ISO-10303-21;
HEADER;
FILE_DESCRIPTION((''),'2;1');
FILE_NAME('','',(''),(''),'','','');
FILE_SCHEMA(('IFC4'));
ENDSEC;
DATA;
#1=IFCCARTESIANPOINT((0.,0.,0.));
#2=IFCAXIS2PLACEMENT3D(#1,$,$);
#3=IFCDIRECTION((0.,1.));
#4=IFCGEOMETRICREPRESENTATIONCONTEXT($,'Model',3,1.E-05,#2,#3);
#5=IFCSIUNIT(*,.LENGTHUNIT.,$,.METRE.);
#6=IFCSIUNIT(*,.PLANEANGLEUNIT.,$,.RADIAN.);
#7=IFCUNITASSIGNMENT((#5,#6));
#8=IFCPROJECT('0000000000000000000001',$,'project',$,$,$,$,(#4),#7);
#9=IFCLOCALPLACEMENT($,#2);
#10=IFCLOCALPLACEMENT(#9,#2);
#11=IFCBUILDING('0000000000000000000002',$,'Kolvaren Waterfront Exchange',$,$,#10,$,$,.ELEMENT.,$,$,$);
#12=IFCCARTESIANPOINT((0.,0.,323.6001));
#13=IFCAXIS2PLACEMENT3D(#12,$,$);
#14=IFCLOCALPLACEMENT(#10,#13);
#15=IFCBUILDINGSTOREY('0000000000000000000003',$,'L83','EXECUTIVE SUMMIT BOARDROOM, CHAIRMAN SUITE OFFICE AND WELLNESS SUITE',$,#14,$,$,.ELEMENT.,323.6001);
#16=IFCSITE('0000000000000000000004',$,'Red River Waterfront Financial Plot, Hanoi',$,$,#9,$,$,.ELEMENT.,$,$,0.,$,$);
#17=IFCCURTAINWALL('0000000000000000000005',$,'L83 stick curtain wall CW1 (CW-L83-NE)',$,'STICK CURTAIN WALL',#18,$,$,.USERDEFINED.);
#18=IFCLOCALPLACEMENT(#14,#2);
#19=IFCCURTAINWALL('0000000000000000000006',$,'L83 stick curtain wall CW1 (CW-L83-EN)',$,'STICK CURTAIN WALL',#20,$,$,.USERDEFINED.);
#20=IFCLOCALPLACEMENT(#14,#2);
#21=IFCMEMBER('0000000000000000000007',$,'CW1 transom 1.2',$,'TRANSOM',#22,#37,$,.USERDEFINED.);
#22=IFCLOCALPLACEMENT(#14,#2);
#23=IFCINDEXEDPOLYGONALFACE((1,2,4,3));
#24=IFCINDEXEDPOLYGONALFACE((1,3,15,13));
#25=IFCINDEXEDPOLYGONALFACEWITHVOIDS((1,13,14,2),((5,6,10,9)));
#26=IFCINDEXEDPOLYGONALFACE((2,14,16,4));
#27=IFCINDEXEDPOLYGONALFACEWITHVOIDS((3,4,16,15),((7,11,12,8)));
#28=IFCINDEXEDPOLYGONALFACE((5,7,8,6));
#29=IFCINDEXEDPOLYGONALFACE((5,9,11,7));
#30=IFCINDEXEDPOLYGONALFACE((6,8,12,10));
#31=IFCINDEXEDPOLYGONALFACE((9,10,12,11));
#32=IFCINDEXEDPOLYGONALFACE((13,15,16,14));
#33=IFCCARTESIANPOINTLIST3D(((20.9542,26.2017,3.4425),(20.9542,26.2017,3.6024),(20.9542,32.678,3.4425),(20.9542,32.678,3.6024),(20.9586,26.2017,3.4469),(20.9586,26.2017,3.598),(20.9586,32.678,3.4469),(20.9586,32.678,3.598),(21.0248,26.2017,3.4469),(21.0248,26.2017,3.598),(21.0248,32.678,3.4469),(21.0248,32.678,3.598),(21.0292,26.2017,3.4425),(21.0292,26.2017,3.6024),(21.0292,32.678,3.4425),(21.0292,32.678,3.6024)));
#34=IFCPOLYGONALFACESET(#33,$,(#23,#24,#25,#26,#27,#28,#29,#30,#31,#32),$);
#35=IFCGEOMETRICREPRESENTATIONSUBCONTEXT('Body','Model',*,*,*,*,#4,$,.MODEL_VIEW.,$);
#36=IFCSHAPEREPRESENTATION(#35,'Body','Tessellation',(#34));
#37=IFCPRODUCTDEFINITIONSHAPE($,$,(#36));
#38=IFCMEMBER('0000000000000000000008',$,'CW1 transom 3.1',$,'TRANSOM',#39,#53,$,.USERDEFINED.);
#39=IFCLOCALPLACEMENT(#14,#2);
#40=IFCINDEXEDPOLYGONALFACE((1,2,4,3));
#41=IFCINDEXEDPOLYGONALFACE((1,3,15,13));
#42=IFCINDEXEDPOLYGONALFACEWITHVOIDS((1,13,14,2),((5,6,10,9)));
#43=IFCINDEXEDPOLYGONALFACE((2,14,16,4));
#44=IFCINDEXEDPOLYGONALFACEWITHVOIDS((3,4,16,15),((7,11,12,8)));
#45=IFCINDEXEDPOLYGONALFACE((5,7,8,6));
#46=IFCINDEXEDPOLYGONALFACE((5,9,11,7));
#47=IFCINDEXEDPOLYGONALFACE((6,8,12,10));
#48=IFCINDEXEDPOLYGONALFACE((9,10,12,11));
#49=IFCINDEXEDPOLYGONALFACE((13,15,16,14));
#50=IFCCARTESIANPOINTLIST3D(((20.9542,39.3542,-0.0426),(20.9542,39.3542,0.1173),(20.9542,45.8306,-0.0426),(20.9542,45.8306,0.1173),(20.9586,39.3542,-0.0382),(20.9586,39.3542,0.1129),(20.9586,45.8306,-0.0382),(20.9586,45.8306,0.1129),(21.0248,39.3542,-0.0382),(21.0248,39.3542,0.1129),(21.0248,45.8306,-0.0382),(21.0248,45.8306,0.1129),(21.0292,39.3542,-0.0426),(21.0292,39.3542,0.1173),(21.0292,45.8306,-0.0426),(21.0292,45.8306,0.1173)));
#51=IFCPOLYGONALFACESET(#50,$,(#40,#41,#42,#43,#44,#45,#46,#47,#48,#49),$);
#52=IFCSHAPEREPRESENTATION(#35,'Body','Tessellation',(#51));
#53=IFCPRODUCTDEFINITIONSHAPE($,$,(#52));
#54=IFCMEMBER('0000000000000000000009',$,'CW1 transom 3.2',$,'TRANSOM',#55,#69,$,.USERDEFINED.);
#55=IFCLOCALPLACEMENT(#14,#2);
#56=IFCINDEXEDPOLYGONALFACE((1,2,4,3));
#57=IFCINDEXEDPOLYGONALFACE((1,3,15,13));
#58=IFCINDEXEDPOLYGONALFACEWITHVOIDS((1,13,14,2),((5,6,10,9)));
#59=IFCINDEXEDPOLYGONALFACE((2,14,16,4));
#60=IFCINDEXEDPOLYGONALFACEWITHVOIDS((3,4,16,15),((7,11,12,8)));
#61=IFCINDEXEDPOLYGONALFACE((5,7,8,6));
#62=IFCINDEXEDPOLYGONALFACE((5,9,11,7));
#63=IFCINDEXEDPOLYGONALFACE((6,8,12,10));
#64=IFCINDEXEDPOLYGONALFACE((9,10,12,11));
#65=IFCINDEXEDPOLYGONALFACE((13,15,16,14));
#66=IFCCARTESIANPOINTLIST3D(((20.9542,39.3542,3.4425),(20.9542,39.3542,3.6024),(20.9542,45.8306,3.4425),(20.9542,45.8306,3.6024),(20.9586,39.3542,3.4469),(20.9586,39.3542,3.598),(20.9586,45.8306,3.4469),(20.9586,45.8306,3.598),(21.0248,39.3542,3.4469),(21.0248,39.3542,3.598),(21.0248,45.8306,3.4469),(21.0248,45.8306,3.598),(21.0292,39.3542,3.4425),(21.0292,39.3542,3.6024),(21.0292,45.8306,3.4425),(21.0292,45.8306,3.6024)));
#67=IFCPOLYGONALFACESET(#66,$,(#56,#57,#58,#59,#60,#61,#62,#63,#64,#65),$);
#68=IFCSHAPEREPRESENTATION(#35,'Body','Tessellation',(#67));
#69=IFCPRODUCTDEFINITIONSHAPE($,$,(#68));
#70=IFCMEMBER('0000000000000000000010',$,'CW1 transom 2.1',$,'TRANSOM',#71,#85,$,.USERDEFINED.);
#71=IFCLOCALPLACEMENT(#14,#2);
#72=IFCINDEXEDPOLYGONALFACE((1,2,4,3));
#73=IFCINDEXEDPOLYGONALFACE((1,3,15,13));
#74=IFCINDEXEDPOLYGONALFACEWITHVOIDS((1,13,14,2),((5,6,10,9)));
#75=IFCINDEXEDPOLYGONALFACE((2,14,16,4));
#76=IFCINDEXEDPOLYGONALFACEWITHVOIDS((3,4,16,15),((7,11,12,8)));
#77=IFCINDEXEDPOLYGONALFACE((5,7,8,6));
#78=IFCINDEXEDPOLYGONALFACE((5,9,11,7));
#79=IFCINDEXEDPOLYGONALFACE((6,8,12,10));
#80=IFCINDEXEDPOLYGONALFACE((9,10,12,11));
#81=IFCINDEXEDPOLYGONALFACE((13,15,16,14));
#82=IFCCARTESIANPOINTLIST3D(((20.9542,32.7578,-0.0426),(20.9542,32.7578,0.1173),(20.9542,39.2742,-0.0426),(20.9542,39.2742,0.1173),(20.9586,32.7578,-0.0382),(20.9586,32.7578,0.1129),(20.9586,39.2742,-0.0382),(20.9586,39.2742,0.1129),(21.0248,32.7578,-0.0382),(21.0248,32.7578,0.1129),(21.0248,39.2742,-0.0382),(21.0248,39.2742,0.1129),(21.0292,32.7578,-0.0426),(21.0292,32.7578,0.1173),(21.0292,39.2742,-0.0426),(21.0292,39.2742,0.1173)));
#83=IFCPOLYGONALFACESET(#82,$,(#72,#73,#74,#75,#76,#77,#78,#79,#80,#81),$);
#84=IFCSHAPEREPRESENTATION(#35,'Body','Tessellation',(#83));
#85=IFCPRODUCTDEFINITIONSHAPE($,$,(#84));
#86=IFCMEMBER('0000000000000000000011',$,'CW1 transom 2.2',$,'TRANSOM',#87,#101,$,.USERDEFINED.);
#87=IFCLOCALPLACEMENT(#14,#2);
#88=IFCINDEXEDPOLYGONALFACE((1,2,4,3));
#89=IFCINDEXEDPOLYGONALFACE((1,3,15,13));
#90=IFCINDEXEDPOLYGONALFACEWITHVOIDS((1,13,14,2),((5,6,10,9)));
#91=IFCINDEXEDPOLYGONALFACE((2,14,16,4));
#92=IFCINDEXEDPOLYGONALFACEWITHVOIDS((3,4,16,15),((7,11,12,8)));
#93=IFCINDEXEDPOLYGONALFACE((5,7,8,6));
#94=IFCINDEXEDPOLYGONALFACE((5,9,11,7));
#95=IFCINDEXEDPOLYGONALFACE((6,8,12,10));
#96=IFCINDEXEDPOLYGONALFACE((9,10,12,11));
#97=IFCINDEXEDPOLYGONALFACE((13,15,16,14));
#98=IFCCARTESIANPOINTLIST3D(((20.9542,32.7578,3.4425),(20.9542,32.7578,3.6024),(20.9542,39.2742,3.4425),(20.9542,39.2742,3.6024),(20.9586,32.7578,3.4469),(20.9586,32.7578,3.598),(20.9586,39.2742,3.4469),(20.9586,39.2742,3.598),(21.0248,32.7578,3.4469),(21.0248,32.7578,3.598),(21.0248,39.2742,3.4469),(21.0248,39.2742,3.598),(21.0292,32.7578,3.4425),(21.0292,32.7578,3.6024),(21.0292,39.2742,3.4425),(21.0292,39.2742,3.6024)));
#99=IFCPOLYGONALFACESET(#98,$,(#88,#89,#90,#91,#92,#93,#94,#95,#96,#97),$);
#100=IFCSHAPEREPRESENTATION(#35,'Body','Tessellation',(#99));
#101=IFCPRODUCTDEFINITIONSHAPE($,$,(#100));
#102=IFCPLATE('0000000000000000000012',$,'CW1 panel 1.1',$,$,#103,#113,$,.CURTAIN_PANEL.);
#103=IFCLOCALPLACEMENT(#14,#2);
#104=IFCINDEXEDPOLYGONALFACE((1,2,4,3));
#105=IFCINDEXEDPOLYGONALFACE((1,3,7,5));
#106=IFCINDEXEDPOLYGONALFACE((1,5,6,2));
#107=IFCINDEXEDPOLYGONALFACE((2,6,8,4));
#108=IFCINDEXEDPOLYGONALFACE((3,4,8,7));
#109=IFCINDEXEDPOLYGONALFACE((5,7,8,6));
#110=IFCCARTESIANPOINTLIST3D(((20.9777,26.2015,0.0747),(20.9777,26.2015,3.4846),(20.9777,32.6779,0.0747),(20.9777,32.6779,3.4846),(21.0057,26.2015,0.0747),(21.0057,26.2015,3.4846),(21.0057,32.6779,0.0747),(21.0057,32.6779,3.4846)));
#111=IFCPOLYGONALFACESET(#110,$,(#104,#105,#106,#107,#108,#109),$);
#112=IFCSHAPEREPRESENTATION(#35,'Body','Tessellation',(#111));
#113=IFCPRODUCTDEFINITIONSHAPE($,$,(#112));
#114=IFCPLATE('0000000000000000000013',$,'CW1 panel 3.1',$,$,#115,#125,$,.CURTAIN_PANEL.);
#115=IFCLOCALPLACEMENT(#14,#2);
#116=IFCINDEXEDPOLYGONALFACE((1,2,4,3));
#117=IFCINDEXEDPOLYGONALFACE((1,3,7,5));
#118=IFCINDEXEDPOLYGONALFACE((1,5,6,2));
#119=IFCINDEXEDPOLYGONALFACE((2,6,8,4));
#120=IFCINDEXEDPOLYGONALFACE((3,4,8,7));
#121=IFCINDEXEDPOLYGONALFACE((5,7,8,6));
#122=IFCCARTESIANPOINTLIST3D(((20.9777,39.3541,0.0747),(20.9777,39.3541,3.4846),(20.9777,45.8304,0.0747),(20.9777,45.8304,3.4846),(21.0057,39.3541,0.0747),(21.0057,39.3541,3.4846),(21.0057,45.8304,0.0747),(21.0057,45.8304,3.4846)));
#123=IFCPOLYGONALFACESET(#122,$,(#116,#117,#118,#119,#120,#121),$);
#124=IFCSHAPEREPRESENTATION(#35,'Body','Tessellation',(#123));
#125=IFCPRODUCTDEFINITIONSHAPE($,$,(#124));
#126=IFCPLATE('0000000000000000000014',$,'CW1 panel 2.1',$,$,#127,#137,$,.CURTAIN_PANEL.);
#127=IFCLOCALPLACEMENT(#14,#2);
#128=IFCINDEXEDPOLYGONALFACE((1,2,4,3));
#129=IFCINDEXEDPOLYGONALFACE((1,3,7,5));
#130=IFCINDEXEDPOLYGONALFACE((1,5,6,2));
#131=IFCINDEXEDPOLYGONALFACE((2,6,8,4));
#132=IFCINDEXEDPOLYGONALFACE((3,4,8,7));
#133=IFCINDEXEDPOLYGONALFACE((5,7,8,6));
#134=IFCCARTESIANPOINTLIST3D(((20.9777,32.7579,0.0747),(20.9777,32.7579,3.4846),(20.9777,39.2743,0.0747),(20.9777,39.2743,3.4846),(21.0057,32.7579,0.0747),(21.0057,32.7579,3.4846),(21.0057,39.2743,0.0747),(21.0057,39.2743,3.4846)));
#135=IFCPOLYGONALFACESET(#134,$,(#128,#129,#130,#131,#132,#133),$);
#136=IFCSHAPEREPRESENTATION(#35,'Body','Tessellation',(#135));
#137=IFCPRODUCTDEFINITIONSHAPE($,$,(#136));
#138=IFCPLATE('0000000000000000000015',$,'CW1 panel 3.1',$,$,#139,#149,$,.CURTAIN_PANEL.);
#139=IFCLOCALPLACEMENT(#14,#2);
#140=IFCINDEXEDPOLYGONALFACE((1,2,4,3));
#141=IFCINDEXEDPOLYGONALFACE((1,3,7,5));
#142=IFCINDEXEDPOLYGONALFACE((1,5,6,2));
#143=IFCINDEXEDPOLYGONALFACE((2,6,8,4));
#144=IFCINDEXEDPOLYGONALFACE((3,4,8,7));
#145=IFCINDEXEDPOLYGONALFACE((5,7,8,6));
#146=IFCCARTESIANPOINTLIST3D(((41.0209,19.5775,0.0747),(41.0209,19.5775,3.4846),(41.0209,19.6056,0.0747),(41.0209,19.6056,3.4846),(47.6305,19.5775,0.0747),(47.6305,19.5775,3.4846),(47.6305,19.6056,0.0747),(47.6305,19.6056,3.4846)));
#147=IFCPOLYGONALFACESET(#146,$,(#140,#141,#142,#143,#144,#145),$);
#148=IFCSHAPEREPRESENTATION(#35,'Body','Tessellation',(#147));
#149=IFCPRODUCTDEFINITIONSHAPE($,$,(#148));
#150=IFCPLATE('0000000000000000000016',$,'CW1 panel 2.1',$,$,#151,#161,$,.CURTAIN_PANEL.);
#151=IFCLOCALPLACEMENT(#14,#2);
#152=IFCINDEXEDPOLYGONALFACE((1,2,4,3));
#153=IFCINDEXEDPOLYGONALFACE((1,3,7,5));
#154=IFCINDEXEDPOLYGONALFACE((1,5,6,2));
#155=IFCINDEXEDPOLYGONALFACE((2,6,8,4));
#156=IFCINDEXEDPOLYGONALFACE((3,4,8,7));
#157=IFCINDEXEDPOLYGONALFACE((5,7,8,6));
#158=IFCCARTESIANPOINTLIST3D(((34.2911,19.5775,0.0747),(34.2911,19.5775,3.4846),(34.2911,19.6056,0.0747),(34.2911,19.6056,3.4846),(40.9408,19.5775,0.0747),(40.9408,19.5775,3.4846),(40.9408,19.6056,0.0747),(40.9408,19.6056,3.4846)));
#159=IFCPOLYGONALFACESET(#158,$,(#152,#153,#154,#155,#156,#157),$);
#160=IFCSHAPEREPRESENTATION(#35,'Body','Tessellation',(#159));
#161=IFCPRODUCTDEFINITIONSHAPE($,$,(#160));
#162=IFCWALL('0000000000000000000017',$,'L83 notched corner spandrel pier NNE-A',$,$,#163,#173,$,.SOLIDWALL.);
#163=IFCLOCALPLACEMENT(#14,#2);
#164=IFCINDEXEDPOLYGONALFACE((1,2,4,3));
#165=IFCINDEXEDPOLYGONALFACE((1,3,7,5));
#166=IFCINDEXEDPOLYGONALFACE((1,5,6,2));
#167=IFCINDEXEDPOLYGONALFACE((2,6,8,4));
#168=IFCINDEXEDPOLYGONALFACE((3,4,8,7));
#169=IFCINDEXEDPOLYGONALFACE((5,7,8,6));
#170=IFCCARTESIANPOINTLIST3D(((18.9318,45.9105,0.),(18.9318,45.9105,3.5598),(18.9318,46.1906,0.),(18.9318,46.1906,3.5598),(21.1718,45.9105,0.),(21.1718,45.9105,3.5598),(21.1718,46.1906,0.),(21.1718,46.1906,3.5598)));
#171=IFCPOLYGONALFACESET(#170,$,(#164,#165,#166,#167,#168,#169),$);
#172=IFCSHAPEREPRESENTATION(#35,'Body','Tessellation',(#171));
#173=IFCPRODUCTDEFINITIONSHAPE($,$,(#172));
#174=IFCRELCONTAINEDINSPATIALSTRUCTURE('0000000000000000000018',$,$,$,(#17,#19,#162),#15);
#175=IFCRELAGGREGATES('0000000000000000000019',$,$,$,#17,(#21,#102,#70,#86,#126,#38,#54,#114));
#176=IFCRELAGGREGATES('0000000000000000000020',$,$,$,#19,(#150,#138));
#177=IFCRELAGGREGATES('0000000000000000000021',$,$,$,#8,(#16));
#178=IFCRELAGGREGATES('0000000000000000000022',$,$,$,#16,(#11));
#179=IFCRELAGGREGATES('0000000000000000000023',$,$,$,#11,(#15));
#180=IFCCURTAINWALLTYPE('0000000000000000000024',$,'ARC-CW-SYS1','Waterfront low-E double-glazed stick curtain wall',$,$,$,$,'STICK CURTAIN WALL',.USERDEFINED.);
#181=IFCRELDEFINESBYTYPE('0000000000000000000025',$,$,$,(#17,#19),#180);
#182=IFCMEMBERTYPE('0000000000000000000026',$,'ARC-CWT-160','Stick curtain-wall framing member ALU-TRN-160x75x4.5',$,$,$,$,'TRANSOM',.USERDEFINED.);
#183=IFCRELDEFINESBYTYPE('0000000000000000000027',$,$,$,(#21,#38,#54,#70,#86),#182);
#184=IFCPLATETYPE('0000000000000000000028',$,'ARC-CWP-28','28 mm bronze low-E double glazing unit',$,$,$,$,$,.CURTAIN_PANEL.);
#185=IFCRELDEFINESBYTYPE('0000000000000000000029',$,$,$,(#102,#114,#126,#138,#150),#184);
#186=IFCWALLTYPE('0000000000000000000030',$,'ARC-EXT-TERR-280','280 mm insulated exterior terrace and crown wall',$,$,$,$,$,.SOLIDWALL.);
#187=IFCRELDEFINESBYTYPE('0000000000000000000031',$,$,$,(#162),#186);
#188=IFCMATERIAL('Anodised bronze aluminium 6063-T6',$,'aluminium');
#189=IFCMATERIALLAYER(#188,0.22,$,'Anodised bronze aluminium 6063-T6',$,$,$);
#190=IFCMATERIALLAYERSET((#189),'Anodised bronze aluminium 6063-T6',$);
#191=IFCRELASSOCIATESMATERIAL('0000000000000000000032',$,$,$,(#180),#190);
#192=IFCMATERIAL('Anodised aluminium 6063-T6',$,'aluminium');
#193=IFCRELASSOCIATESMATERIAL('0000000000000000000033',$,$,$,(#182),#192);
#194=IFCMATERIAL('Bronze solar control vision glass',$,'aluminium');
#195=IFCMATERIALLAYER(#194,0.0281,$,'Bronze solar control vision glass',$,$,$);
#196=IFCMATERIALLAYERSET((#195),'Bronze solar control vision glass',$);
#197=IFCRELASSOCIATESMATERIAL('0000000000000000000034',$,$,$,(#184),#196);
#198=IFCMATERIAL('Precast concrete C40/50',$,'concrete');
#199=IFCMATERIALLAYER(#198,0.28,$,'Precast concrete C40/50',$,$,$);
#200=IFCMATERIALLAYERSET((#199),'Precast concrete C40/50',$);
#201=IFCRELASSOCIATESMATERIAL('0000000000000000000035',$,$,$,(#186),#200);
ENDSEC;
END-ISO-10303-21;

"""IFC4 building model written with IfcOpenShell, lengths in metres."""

from ifc_helpers import new_model, si_unit, direction, frame, frame_2d, origin, origin_with_axes, origin_2d, place, context, subcontext, project, spatial, rectangle, hollow_rectangle, extrude, source, transform, mapped, material, layer, layer_set, material_profile, profile_set, type_object, element, aggregate, save


model = new_model("IFC4")

# Units and contexts
model_context = context("Model", 3, precision=1e-05, world=origin(), true_north=direction((0.0, 1.0)))
body_context = subcontext(model_context, "Body", "Model", "MODEL_VIEW")
ifc_project = project(units=[si_unit("LENGTHUNIT", "METRE"), si_unit("PLANEANGLEUNIT", "RADIAN")], contexts=[model_context])

# Site, building, storey
site_placement = place(None, origin())
site = spatial("IfcSite", under=ifc_project, at=site_placement, Name="Red River Waterfront Financial Plot, Hanoi", CompositionType="ELEMENT", RefElevation=0.0)
building_placement = place(site_placement, origin())
building = spatial("IfcBuilding", under=site, at=building_placement, Name="Kolvaren Waterfront Exchange", CompositionType="ELEMENT")
storey_placement = place(building_placement, frame((0.0, 0.0, 323.6001)))
storey = spatial("IfcBuildingStorey", under=building, at=storey_placement, Name="L83", Description="EXECUTIVE SUMMIT BOARDROOM, CHAIRMAN SUITE OFFICE AND WELLNESS SUITE", CompositionType="ELEMENT", Elevation=323.6001)

# Curtain walls
ifc_material_1 = material(Name="Anodised bronze aluminium 6063-T6", Category="aluminium")
ifc_layer_1 = layer(ifc_material_1, 0.22, Name="Anodised bronze aluminium 6063-T6")
ifc_layer_set_1 = layer_set([ifc_layer_1], Name="Anodised bronze aluminium 6063-T6")
curtain_wall_type = type_object("IfcCurtainWallType", Name="ARC-CW-SYS1", Description="Waterfront low-E double-glazed stick curtain wall", ElementType="STICK CURTAIN WALL", PredefinedType="USERDEFINED", material=ifc_layer_set_1)
curtain_wall_1_placement = place(storey_placement, origin())
curtain_wall_1 = element("IfcCurtainWall", 1, at=curtain_wall_1_placement, inside=storey, type_object=curtain_wall_type, Name="L83 stick curtain wall CW1 (CW-L83-NE)", ObjectType="STICK CURTAIN WALL", PredefinedType="USERDEFINED")
ifc_material_2 = material(Name="Anodised aluminium 6063-T6", Category="aluminium")
curtain_wall_2_placement = place(storey_placement, origin())
curtain_wall_2 = element("IfcCurtainWall", 2, at=curtain_wall_2_placement, inside=storey, type_object=curtain_wall_type, Name="L83 stick curtain wall CW1 (CW-L83-EN)", ObjectType="STICK CURTAIN WALL", PredefinedType="USERDEFINED")
ifc_material_profile_1 = material_profile(ifc_material_2, hollow_rectangle(XDim=0.075, YDim=0.1599, WallThickness=0.0044, at=origin_2d()), Name="ALU-TRN-160x75x4.5")
ifc_profile_set_1 = profile_set([ifc_material_profile_1], Name="Anodised aluminium 6063-T6")
member_type_1 = type_object("IfcMemberType", Name="ARC-CWT-160", Description="Stick curtain-wall framing member ALU-TRN-160x75x4.5", ElementType="TRANSOM", PredefinedType="USERDEFINED", material=ifc_profile_set_1)

# Members
shared_shape_1 = source(origin_with_axes(), body_context, "Body", "SweptSolid", [
    extrude(hollow_rectangle(XDim=0.075, YDim=0.1599, WallThickness=0.0044, at=origin_2d()), origin(), (0.0, 0.0, 1.0), 6.4763),
])
member_1_placement = place(storey_placement, frame((20.9917, 26.2017, 3.5225), z_axis=(0.0, 1.0, 0.0), x_axis=(-1.0, 0.0, 0.0)))
member_1 = element("IfcMember", 3, at=member_1_placement, type_object=member_type_1, Name="CW1 transom 1.2", ObjectType="TRANSOM", PredefinedType="USERDEFINED", context=body_context, shape_type="MappedRepresentation", body=[
    mapped(shared_shape_1, transform((0.0, 0.0, 0.0), x_axis=(1.0, 0.0, 0.0), y_axis=(0.0, 1.0, 0.0), z_axis=(0.0, 0.0, 1.0), scale=1.0)),
])
member_2_placement = place(storey_placement, frame((20.9917, 39.3542, 0.0374), z_axis=(0.0, 1.0, 0.0), x_axis=(-1.0, 0.0, 0.0)))
member_2 = element("IfcMember", 4, at=member_2_placement, type_object=member_type_1, Name="CW1 transom 3.1", ObjectType="TRANSOM", PredefinedType="USERDEFINED", context=body_context, shape_type="MappedRepresentation", body=[
    mapped(shared_shape_1, transform((0.0, 0.0, 0.0), x_axis=(1.0, 0.0, 0.0), y_axis=(0.0, 1.0, 0.0), z_axis=(0.0, 0.0, 1.0), scale=1.0)),
])
member_3_placement = place(storey_placement, frame((20.9917, 39.3542, 3.5225), z_axis=(0.0, 1.0, 0.0), x_axis=(-1.0, 0.0, 0.0)))
member_3 = element("IfcMember", 5, at=member_3_placement, type_object=member_type_1, Name="CW1 transom 3.2", ObjectType="TRANSOM", PredefinedType="USERDEFINED", context=body_context, shape_type="MappedRepresentation", body=[
    mapped(shared_shape_1, transform((0.0, 0.0, 0.0), x_axis=(1.0, 0.0, 0.0), y_axis=(0.0, 1.0, 0.0), z_axis=(0.0, 0.0, 1.0), scale=1.0)),
])
shared_shape_2 = source(origin_with_axes(), body_context, "Body", "SweptSolid", [
    extrude(hollow_rectangle(XDim=0.075, YDim=0.1599, WallThickness=0.0044, at=origin_2d()), origin(), (0.0, 0.0, 1.0), 6.5164),
])
member_4_placement = place(storey_placement, frame((20.9917, 32.7578, 0.0374), z_axis=(0.0, 1.0, 0.0), x_axis=(-1.0, 0.0, 0.0)))
member_4 = element("IfcMember", 6, at=member_4_placement, type_object=member_type_1, Name="CW1 transom 2.1", ObjectType="TRANSOM", PredefinedType="USERDEFINED", context=body_context, shape_type="MappedRepresentation", body=[
    mapped(shared_shape_2, transform((0.0, 0.0, 0.0), x_axis=(1.0, 0.0, 0.0), y_axis=(0.0, 1.0, 0.0), z_axis=(0.0, 0.0, 1.0), scale=1.0)),
])
member_5_placement = place(storey_placement, frame((20.9917, 32.7578, 3.5225), z_axis=(0.0, 1.0, 0.0), x_axis=(-1.0, 0.0, 0.0)))
member_5 = element("IfcMember", 7, at=member_5_placement, type_object=member_type_1, Name="CW1 transom 2.2", ObjectType="TRANSOM", PredefinedType="USERDEFINED", context=body_context, shape_type="MappedRepresentation", body=[
    mapped(shared_shape_2, transform((0.0, 0.0, 0.0), x_axis=(1.0, 0.0, 0.0), y_axis=(0.0, 1.0, 0.0), z_axis=(0.0, 0.0, 1.0), scale=1.0)),
])

# Plates
ifc_material_3 = material(Name="Bronze solar control vision glass", Category="aluminium")
ifc_layer_2 = layer(ifc_material_3, 0.0281, Name="Bronze solar control vision glass")
ifc_layer_set_2 = layer_set([ifc_layer_2], Name="Bronze solar control vision glass")
plate_type = type_object("IfcPlateType", Name="ARC-CWP-28", Description="28 mm bronze low-E double glazing unit", PredefinedType="CURTAIN_PANEL", material=ifc_layer_set_2)
shared_shape_3 = source(origin_with_axes(), body_context, "Body", "SweptSolid", [
    extrude(rectangle(XDim=6.4763, YDim=0.0281, at=origin_2d()), origin(), (0.0, 0.0, 1.0), 3.4099),
])
plate_1_placement = place(storey_placement, frame((20.9917, 29.4397, 0.0747), z_axis=(0.0, 0.0, 1.0), x_axis=(0.0, 1.0, 0.0)))
plate_1 = element("IfcPlate", 8, at=plate_1_placement, type_object=plate_type, Name="CW1 panel 1.1", PredefinedType="CURTAIN_PANEL", context=body_context, shape_type="MappedRepresentation", body=[
    mapped(shared_shape_3, transform((0.0, 0.0, 0.0), x_axis=(1.0, 0.0, 0.0), y_axis=(0.0, 1.0, 0.0), z_axis=(0.0, 0.0, 1.0), scale=1.0)),
])
plate_2_placement = place(storey_placement, frame((20.9917, 42.5923, 0.0747), z_axis=(0.0, 0.0, 1.0), x_axis=(0.0, 1.0, 0.0)))
plate_2 = element("IfcPlate", 9, at=plate_2_placement, type_object=plate_type, Name="CW1 panel 3.1", PredefinedType="CURTAIN_PANEL", context=body_context, shape_type="MappedRepresentation", body=[
    mapped(shared_shape_3, transform((0.0, 0.0, 0.0), x_axis=(1.0, 0.0, 0.0), y_axis=(0.0, 1.0, 0.0), z_axis=(0.0, 0.0, 1.0), scale=1.0)),
])
shared_shape_4 = source(origin_with_axes(), body_context, "Body", "SweptSolid", [
    extrude(rectangle(XDim=6.5164, YDim=0.0281, at=origin_2d()), origin(), (0.0, 0.0, 1.0), 3.4099),
])
plate_3_placement = place(storey_placement, frame((20.9917, 36.0161, 0.0747), z_axis=(0.0, 0.0, 1.0), x_axis=(0.0, 1.0, 0.0)))
plate_3 = element("IfcPlate", 10, at=plate_3_placement, type_object=plate_type, Name="CW1 panel 2.1", PredefinedType="CURTAIN_PANEL", context=body_context, shape_type="MappedRepresentation", body=[
    mapped(shared_shape_4, transform((0.0, 0.0, 0.0), x_axis=(1.0, 0.0, 0.0), y_axis=(0.0, 1.0, 0.0), z_axis=(0.0, 0.0, 1.0), scale=1.0)),
])
aggregate(curtain_wall_1, [member_1, plate_1, member_4, member_5, plate_3, member_2, member_3, plate_2])
shared_shape_5 = source(origin_with_axes(), body_context, "Body", "SweptSolid", [
    extrude(rectangle(XDim=6.6096, YDim=0.0281, at=origin_2d()), origin(), (0.0, 0.0, 1.0), 3.4099),
])
plate_4_placement = place(storey_placement, frame((44.3257, 19.5916, 0.0747), z_axis=(0.0, 0.0, 1.0), x_axis=(1.0, 0.0, 0.0)))
plate_4 = element("IfcPlate", 11, at=plate_4_placement, type_object=plate_type, Name="CW1 panel 3.1", PredefinedType="CURTAIN_PANEL", context=body_context, shape_type="MappedRepresentation", body=[
    mapped(shared_shape_5, transform((0.0, 0.0, 0.0), x_axis=(1.0, 0.0, 0.0), y_axis=(0.0, 1.0, 0.0), z_axis=(0.0, 0.0, 1.0), scale=1.0)),
])
shared_shape_6 = source(origin_with_axes(), body_context, "Body", "SweptSolid", [
    extrude(rectangle(XDim=6.6497, YDim=0.0281, at=origin_2d()), origin(), (0.0, 0.0, 1.0), 3.4099),
])
plate_5_placement = place(storey_placement, frame((37.616, 19.5916, 0.0747), z_axis=(0.0, 0.0, 1.0), x_axis=(1.0, 0.0, 0.0)))
plate_5 = element("IfcPlate", 12, at=plate_5_placement, type_object=plate_type, Name="CW1 panel 2.1", PredefinedType="CURTAIN_PANEL", context=body_context, shape_type="MappedRepresentation", body=[
    mapped(shared_shape_6, transform((0.0, 0.0, 0.0), x_axis=(1.0, 0.0, 0.0), y_axis=(0.0, 1.0, 0.0), z_axis=(0.0, 0.0, 1.0), scale=1.0)),
])
aggregate(curtain_wall_2, [plate_5, plate_4])

# Wall
ifc_material_4 = material(Name="Precast concrete C40/50", Category="concrete")
ifc_layer_3 = layer(ifc_material_4, 0.28, Name="Precast concrete C40/50")
ifc_layer_set_3 = layer_set([ifc_layer_3], Name="Precast concrete C40/50")
wall_type = type_object("IfcWallType", Name="ARC-EXT-TERR-280", Description="280 mm insulated exterior terrace and crown wall", PredefinedType="SOLIDWALL", material=ifc_layer_set_3)
wall_1_placement = place(storey_placement, frame((18.9316, 46.0505, 0.0), z_axis=(0.0, 0.0, 1.0), x_axis=(1.0, 0.0, 0.0)))
element("IfcWall", 13, at=wall_1_placement, inside=storey, type_object=wall_type, Name="L83 notched corner spandrel pier NNE-A", PredefinedType="SOLIDWALL", context=body_context, shape_type="SweptSolid", body=[
    extrude(rectangle(XDim=2.24, YDim=0.28, at=frame_2d((1.1201, 0.0))), origin(), (0.0, 0.0, 1.0), 3.5598),
])

save(model, "model.ifc")
